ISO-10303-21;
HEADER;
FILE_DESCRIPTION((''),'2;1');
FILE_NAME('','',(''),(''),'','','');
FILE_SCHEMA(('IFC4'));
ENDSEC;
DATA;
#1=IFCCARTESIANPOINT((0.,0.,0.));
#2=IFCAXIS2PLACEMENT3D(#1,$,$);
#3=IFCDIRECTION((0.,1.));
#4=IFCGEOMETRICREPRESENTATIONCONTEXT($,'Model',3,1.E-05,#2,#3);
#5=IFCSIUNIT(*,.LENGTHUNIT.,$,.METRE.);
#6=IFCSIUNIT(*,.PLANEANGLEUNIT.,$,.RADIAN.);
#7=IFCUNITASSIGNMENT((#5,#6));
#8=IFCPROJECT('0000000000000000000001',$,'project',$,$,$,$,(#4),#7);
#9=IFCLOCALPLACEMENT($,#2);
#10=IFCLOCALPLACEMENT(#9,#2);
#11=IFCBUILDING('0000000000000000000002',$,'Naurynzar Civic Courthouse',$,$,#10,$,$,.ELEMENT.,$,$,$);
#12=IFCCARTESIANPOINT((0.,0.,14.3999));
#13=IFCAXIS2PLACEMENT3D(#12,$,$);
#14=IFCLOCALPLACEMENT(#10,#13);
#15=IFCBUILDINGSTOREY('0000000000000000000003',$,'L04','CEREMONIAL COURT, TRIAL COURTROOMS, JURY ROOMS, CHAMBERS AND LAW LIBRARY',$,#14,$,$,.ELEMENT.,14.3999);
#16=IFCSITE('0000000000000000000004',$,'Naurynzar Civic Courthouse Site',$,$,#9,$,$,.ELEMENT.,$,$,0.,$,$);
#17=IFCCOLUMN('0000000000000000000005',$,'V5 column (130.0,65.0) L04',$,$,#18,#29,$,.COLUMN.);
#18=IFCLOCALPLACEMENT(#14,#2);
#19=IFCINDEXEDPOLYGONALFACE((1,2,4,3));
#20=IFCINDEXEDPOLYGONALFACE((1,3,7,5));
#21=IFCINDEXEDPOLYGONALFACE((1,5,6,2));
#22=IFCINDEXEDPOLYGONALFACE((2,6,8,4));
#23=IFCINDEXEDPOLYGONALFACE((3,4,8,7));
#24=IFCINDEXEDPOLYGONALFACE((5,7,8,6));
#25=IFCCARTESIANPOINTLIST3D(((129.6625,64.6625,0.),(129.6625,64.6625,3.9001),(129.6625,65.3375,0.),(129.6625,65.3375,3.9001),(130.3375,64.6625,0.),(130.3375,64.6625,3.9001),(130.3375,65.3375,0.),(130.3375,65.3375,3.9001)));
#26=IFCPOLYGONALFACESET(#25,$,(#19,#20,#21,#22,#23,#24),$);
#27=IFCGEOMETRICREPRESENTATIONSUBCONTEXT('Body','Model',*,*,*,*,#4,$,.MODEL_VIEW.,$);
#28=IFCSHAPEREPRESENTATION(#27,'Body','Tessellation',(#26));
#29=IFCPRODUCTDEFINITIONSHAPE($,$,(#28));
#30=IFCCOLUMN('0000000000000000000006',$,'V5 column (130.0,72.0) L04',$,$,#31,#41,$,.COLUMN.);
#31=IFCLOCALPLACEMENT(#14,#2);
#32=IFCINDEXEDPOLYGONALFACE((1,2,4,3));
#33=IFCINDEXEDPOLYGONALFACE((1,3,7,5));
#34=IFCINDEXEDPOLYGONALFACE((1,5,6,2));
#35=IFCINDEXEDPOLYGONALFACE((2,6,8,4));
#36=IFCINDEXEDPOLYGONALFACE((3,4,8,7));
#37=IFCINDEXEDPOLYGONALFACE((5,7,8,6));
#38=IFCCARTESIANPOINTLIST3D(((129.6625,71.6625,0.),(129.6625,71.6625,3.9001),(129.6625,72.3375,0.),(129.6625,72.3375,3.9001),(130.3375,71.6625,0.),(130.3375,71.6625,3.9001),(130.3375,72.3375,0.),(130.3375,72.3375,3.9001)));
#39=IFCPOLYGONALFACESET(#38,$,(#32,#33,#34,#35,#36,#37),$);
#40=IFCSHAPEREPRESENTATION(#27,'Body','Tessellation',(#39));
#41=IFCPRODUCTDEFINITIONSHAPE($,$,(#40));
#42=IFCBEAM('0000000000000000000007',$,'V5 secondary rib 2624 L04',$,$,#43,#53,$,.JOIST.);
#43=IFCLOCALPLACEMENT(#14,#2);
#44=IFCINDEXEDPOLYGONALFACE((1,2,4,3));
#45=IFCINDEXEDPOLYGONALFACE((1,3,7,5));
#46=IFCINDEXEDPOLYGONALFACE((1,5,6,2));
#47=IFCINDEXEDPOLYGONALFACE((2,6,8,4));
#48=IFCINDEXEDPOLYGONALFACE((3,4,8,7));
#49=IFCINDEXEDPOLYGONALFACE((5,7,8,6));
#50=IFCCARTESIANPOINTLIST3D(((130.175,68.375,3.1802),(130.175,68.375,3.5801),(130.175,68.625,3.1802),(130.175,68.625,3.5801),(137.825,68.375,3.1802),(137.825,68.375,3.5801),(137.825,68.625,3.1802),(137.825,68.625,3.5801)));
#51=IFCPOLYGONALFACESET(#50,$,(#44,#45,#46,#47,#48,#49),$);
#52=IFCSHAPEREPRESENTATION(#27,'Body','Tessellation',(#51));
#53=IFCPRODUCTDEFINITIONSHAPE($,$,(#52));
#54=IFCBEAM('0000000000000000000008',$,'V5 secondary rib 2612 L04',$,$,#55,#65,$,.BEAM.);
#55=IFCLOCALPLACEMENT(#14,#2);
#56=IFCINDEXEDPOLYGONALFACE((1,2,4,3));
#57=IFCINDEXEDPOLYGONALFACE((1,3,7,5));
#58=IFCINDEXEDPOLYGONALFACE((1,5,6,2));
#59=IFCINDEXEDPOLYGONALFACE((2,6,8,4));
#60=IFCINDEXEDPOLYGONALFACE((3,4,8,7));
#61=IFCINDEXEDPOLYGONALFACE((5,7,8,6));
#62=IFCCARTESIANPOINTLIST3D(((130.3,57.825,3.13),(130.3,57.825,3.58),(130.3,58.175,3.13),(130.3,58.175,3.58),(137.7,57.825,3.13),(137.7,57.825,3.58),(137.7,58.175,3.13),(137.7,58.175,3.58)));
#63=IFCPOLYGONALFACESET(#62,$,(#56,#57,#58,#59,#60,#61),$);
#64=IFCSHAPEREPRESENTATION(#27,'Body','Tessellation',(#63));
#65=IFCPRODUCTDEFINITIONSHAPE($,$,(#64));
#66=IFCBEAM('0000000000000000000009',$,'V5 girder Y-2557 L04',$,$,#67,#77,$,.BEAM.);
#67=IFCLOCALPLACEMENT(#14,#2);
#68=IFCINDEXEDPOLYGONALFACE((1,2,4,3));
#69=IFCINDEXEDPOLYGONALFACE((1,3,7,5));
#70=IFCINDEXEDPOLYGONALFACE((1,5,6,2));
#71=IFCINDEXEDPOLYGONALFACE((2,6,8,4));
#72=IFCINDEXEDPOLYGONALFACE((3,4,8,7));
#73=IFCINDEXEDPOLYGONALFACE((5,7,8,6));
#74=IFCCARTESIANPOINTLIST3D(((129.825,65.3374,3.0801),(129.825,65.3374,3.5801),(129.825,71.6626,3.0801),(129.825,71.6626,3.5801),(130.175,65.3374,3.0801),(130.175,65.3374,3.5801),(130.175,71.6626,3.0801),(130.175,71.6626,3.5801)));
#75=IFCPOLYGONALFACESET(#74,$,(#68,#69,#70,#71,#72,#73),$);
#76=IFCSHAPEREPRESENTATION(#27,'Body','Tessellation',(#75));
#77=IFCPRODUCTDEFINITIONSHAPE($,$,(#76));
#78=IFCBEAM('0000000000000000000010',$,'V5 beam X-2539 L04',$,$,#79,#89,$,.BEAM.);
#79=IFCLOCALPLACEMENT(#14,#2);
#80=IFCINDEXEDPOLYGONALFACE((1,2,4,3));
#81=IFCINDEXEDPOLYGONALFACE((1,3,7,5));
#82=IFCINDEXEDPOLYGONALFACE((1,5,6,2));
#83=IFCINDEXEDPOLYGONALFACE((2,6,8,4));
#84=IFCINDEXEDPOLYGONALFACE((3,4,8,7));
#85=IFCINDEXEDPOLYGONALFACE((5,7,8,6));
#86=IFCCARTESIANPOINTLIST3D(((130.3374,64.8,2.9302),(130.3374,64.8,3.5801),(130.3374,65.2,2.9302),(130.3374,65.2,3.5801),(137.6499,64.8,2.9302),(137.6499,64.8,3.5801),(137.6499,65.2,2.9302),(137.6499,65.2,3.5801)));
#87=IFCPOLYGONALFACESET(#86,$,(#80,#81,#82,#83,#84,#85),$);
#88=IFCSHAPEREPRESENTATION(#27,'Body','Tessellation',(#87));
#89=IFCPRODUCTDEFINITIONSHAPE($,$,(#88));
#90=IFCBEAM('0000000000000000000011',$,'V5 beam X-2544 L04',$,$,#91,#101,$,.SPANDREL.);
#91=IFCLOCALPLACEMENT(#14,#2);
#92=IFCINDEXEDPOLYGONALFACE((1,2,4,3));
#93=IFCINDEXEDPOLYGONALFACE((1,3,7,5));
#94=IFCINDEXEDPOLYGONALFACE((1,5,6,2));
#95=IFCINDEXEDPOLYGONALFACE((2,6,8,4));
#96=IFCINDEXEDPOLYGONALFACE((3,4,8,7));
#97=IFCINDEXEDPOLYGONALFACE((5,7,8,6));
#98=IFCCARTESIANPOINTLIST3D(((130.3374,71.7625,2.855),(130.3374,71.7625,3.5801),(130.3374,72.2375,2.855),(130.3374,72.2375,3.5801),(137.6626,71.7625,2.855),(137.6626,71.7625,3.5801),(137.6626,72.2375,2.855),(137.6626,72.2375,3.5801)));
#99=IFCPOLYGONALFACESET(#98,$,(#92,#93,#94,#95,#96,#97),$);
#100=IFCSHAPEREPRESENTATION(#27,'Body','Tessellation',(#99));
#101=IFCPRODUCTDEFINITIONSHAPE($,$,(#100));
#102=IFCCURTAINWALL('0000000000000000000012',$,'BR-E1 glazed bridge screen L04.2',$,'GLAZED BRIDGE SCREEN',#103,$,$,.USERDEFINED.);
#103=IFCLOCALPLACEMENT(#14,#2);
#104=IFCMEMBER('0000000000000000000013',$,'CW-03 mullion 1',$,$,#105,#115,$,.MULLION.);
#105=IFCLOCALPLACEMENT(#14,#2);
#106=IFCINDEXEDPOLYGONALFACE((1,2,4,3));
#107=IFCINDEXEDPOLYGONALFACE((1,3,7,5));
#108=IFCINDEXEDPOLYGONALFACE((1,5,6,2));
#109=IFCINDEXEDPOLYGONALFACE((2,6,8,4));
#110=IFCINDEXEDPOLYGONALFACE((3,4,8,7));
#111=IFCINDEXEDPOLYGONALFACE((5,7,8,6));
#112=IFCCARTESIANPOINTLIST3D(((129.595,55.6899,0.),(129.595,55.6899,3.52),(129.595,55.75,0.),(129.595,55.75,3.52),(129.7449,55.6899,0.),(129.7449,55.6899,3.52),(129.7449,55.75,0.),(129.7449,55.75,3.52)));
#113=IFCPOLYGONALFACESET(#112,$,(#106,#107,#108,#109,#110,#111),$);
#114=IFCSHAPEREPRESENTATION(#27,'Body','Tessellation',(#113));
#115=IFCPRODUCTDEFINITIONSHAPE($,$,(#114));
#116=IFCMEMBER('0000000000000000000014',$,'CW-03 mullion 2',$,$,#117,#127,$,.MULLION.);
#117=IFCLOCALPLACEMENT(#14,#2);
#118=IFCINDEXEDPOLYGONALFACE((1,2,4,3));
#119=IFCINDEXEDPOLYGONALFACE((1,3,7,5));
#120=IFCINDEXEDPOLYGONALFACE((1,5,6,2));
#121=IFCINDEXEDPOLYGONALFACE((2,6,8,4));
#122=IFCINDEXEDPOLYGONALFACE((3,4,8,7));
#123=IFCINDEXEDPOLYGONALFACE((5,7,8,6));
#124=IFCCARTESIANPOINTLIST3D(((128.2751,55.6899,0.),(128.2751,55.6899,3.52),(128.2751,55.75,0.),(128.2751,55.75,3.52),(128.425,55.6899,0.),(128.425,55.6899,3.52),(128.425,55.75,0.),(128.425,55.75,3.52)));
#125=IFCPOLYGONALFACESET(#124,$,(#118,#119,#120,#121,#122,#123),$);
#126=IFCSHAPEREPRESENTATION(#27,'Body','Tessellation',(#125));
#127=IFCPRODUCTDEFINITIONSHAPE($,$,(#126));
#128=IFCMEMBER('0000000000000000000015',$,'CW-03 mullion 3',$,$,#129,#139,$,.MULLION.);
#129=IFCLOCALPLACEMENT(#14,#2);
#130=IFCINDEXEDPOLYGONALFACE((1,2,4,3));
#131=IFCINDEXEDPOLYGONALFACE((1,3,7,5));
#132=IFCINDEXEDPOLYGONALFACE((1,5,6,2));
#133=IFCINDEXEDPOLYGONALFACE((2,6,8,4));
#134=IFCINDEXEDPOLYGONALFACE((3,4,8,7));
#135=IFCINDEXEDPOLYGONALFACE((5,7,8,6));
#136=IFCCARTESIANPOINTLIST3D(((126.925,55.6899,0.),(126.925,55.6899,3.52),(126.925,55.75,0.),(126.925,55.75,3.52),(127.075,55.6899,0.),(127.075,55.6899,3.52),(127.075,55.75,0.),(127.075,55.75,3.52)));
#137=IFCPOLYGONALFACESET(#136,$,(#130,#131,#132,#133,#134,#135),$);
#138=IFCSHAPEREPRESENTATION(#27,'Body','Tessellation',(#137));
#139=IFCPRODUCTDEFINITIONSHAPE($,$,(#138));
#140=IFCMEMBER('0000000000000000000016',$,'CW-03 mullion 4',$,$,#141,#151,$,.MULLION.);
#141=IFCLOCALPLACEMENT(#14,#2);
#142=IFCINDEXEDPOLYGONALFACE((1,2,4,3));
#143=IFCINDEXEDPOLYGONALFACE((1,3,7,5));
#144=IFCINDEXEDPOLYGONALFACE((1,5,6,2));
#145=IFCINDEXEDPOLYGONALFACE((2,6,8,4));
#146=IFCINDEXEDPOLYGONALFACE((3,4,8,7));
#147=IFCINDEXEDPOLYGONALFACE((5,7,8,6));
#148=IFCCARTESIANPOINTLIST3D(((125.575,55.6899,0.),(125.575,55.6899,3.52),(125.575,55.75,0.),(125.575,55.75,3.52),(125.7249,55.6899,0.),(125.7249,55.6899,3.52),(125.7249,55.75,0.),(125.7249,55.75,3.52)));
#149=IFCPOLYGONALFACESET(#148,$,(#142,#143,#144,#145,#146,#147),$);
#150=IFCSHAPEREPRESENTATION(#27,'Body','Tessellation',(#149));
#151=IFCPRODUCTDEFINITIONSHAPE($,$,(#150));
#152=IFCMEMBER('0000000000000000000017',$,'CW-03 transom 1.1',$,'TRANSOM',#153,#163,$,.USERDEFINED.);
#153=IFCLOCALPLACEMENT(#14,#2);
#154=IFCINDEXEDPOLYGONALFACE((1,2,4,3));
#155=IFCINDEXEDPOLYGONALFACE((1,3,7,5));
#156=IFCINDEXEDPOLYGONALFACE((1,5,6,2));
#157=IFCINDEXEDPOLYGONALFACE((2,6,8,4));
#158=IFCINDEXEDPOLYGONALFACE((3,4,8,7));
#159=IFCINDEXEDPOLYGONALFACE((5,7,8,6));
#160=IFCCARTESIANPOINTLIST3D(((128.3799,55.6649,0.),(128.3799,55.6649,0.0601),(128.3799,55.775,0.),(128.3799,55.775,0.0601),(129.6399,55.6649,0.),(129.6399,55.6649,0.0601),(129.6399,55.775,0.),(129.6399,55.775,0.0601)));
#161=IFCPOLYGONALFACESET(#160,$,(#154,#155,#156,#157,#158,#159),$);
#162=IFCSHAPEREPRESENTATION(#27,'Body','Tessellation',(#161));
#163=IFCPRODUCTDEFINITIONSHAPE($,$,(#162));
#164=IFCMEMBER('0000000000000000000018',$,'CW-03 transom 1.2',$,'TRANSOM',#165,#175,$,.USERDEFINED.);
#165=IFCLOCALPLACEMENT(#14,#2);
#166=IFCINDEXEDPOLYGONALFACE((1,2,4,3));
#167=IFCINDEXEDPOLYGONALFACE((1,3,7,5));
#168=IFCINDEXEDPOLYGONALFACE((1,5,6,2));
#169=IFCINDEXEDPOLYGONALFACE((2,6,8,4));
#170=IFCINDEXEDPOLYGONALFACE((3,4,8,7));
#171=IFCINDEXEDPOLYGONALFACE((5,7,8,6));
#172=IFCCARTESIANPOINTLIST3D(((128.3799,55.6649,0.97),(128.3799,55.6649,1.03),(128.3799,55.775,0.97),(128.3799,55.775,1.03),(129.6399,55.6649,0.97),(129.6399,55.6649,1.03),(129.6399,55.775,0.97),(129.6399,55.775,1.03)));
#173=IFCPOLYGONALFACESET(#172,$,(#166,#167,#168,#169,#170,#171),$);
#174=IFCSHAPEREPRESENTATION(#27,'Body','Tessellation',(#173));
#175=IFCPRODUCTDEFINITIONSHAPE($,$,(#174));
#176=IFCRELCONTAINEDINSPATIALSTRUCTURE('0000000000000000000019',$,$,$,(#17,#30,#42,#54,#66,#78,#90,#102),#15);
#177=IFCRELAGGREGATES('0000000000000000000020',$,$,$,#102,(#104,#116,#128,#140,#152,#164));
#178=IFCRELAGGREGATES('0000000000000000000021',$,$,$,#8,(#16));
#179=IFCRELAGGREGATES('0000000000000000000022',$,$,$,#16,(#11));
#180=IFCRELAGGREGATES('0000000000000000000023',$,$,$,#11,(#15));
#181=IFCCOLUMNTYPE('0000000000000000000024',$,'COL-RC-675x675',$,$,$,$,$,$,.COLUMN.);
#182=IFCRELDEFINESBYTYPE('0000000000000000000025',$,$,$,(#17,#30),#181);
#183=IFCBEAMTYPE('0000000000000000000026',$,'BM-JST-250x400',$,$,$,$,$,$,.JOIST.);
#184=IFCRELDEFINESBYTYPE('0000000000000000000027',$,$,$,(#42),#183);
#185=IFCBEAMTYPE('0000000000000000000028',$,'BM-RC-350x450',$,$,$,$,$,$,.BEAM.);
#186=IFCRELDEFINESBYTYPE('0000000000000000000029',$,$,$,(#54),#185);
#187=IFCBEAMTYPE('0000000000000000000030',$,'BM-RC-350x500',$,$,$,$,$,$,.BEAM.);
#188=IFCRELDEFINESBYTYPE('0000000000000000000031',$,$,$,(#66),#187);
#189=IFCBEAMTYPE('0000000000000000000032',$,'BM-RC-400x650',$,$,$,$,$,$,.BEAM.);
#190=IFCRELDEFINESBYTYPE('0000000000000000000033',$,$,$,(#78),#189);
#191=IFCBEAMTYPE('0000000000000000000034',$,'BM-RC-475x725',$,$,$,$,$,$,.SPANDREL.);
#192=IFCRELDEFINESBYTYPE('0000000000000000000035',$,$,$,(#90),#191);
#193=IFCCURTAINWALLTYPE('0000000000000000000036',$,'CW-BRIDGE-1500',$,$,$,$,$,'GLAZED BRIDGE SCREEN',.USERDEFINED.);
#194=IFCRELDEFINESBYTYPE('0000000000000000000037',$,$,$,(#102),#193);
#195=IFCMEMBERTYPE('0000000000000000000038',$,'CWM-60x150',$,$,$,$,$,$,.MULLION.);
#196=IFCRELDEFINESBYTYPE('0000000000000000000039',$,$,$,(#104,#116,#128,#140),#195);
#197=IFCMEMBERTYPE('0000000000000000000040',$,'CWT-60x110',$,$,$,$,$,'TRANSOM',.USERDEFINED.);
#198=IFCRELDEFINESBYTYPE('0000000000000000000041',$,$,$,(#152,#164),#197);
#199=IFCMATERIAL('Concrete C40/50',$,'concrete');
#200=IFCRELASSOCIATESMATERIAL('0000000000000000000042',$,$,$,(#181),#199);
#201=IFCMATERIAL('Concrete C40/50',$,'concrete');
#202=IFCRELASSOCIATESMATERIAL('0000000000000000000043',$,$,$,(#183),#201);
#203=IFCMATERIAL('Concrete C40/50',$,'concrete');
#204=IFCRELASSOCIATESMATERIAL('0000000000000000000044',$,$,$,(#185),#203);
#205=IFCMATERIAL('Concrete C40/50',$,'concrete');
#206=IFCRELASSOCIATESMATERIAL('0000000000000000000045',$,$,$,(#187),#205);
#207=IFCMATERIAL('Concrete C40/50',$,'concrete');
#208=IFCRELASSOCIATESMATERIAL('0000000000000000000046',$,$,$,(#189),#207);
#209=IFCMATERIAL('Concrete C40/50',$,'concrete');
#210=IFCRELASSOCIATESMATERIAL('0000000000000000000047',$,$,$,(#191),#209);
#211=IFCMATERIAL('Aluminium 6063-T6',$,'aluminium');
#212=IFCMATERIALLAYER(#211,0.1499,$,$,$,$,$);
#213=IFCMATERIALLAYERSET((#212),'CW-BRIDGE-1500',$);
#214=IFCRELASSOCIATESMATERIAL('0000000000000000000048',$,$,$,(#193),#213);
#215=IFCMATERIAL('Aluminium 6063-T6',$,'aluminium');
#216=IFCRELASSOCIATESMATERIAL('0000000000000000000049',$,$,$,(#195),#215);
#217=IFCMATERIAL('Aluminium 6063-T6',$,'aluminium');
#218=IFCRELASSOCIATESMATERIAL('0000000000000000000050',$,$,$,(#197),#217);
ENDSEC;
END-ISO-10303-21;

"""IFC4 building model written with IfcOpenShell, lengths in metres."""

from ifc_helpers import new_model, si_unit, direction, frame, origin, origin_2d, place, context, subcontext, project, spatial, rectangle, extrude, material, layer, layer_set, material_profile, profile_set, type_object, element, aggregate, save


model = new_model("IFC4")

# Units and contexts
model_context = context("Model", 3, precision=1e-05, world=origin(), true_north=direction((0.0, 1.0)))
body_context = subcontext(model_context, "Body", "Model", "MODEL_VIEW")
ifc_project = project(units=[si_unit("LENGTHUNIT", "METRE"), si_unit("PLANEANGLEUNIT", "RADIAN")], contexts=[model_context])

# Site, building, storey
site_placement = place(None, origin())
site = spatial("IfcSite", under=ifc_project, at=site_placement, Name="Naurynzar Civic Courthouse Site", CompositionType="ELEMENT", RefElevation=0.0)
building_placement = place(site_placement, origin())
building = spatial("IfcBuilding", under=site, at=building_placement, Name="Naurynzar Civic Courthouse", CompositionType="ELEMENT")
storey_placement = place(building_placement, frame((0.0, 0.0, 14.3999)))
storey = spatial("IfcBuildingStorey", under=building, at=storey_placement, Name="L04", Description="CEREMONIAL COURT, TRIAL COURTROOMS, JURY ROOMS, CHAMBERS AND LAW LIBRARY", CompositionType="ELEMENT", Elevation=14.3999)

# Columns
ifc_material_1 = material(Name="Concrete C40/50", Category="concrete")
ifc_material_profile_1 = material_profile(ifc_material_1, rectangle(XDim=0.675, YDim=0.675, at=origin_2d()), Name="RC 675x675")
ifc_profile_set_1 = profile_set([ifc_material_profile_1], Name="Concrete C40/50")
column_type = type_object("IfcColumnType", Name="COL-RC-675x675", PredefinedType="COLUMN", material=ifc_profile_set_1)
for number, where, z_axis, x_axis, name in (
    (1, (130.0, 65.0, 0.0), (0.0, 0.0, 1.0), (1.0, 0.0, 0.0), "V5 column (130.0,65.0) L04"),
    (2, (130.0, 72.0, 0.0), (0.0, 0.0, 1.0), (1.0, 0.0, 0.0), "V5 column (130.0,72.0) L04"),
):
    element("IfcColumn", number, at=place(storey_placement, frame(where, z_axis=z_axis, x_axis=x_axis)), inside=storey, type_object=column_type, Name=name, PredefinedType="COLUMN", context=body_context, shape_type="SweptSolid", body=[
        extrude(rectangle(XDim=0.675, YDim=0.675, at=origin_2d()), origin(), (0.0, 0.0, 1.0), 3.9001),
    ])

# Beams
ifc_material_2 = material(Name="Concrete C40/50", Category="concrete")
ifc_material_profile_2 = material_profile(ifc_material_2, rectangle(XDim=0.25, YDim=0.3999, at=origin_2d()), Name="RCB 250x400")
ifc_profile_set_2 = profile_set([ifc_material_profile_2], Name="Concrete C40/50")
beam_type_1 = type_object("IfcBeamType", Name="BM-JST-250x400", PredefinedType="JOIST", material=ifc_profile_set_2)
beam_1_placement = place(storey_placement, frame((130.175, 68.5, 3.3801), z_axis=(1.0, 0.0, 0.0), x_axis=(0.0, 1.0, 0.0)))
element("IfcBeam", 3, at=beam_1_placement, inside=storey, type_object=beam_type_1, Name="V5 secondary rib 2624 L04", PredefinedType="JOIST", context=body_context, shape_type="SweptSolid", body=[
    extrude(rectangle(XDim=0.25, YDim=0.3999, at=origin_2d()), origin(), (0.0, 0.0, 1.0), 7.6499),
])
ifc_material_3 = material(Name="Concrete C40/50", Category="concrete")
ifc_material_profile_3 = material_profile(ifc_material_3, rectangle(XDim=0.3501, YDim=0.45, at=origin_2d()), Name="RCB 350x450")
ifc_profile_set_3 = profile_set([ifc_material_profile_3], Name="Concrete C40/50")
beam_type_2 = type_object("IfcBeamType", Name="BM-RC-350x450", PredefinedType="BEAM", material=ifc_profile_set_3)
beam_2_placement = place(storey_placement, frame((130.3, 58.0, 3.355), z_axis=(1.0, 0.0, 0.0), x_axis=(0.0, 1.0, 0.0)))
element("IfcBeam", 4, at=beam_2_placement, inside=storey, type_object=beam_type_2, Name="V5 secondary rib 2612 L04", PredefinedType="BEAM", context=body_context, shape_type="SweptSolid", body=[
    extrude(rectangle(XDim=0.3501, YDim=0.45, at=origin_2d()), origin(), (0.0, 0.0, 1.0), 7.3999),
])
ifc_material_4 = material(Name="Concrete C40/50", Category="concrete")
ifc_material_profile_4 = material_profile(ifc_material_4, rectangle(XDim=0.3501, YDim=0.5, at=origin_2d()), Name="RCB 350x500")
ifc_profile_set_4 = profile_set([ifc_material_profile_4], Name="Concrete C40/50")
beam_type_3 = type_object("IfcBeamType", Name="BM-RC-350x500", PredefinedType="BEAM", material=ifc_profile_set_4)
beam_3_placement = place(storey_placement, frame((130.0, 65.3374, 3.3301), z_axis=(0.0, 1.0, 0.0), x_axis=(-1.0, 0.0, 0.0)))
element("IfcBeam", 5, at=beam_3_placement, inside=storey, type_object=beam_type_3, Name="V5 girder Y-2557 L04", PredefinedType="BEAM", context=body_context, shape_type="SweptSolid", body=[
    extrude(rectangle(XDim=0.3501, YDim=0.5, at=origin_2d()), origin(), (0.0, 0.0, 1.0), 6.3252),
])
ifc_material_5 = material(Name="Concrete C40/50", Category="concrete")
ifc_material_profile_5 = material_profile(ifc_material_5, rectangle(XDim=0.3999, YDim=0.6499, at=origin_2d()), Name="RCB 400x650")
ifc_profile_set_5 = profile_set([ifc_material_profile_5], Name="Concrete C40/50")
beam_type_4 = type_object("IfcBeamType", Name="BM-RC-400x650", PredefinedType="BEAM", material=ifc_profile_set_5)
beam_4_placement = place(storey_placement, frame((130.3374, 65.0, 3.2551), z_axis=(1.0, 0.0, 0.0), x_axis=(0.0, 1.0, 0.0)))
element("IfcBeam", 6, at=beam_4_placement, inside=storey, type_object=beam_type_4, Name="V5 beam X-2539 L04", PredefinedType="BEAM", context=body_context, shape_type="SweptSolid", body=[
    extrude(rectangle(XDim=0.3999, YDim=0.6499, at=origin_2d()), origin(), (0.0, 0.0, 1.0), 7.3125),
])
ifc_material_6 = material(Name="Concrete C40/50", Category="concrete")
ifc_material_profile_6 = material_profile(ifc_material_6, rectangle(XDim=0.4751, YDim=0.7251, at=origin_2d()), Name="RCB 475x725")
ifc_profile_set_6 = profile_set([ifc_material_profile_6], Name="Concrete C40/50")
beam_type_5 = type_object("IfcBeamType", Name="BM-RC-475x725", PredefinedType="SPANDREL", material=ifc_profile_set_6)
beam_5_placement = place(storey_placement, frame((130.3374, 72.0, 3.2175), z_axis=(1.0, 0.0, 0.0), x_axis=(0.0, 1.0, 0.0)))
element("IfcBeam", 7, at=beam_5_placement, inside=storey, type_object=beam_type_5, Name="V5 beam X-2544 L04", PredefinedType="SPANDREL", context=body_context, shape_type="SweptSolid", body=[
    extrude(rectangle(XDim=0.4751, YDim=0.7251, at=origin_2d()), origin(), (0.0, 0.0, 1.0), 7.3252),
])

# Curtain wall, members
ifc_material_7 = material(Name="Aluminium 6063-T6", Category="aluminium")
ifc_layer_1 = layer(ifc_material_7, 0.1499)
ifc_layer_set_1 = layer_set([ifc_layer_1], Name="CW-BRIDGE-1500")
curtain_wall_type = type_object("IfcCurtainWallType", Name="CW-BRIDGE-1500", ElementType="GLAZED BRIDGE SCREEN", PredefinedType="USERDEFINED", material=ifc_layer_set_1)
curtain_wall_placement = place(storey_placement, origin())
curtain_wall = element("IfcCurtainWall", 8, at=curtain_wall_placement, inside=storey, type_object=curtain_wall_type, Name="BR-E1 glazed bridge screen L04.2", ObjectType="GLAZED BRIDGE SCREEN", PredefinedType="USERDEFINED")
ifc_material_8 = material(Name="Aluminium 6063-T6", Category="aluminium")
ifc_material_profile_7 = material_profile(ifc_material_8, rectangle(XDim=0.0601, YDim=0.1499, at=origin_2d()), Name="ALU MULLION 60x150")
ifc_profile_set_7 = profile_set([ifc_material_profile_7], Name="Aluminium 6063-T6")
member_type_1 = type_object("IfcMemberType", Name="CWM-60x150", PredefinedType="MULLION", material=ifc_profile_set_7)
member_1_placement = place(storey_placement, frame((129.6699, 55.72, 0.0), z_axis=(0.0, 0.0, 1.0), x_axis=(0.0, -1.0, 0.0)))
member_1 = element("IfcMember", 9, at=member_1_placement, type_object=member_type_1, Name="CW-03 mullion 1", PredefinedType="MULLION", context=body_context, shape_type="SweptSolid", body=[
    extrude(rectangle(XDim=0.0601, YDim=0.1499, at=origin_2d()), origin(), (0.0, 0.0, 1.0), 3.52),
])
member_2_placement = place(storey_placement, frame((128.3501, 55.72, 0.0), z_axis=(0.0, 0.0, 1.0), x_axis=(0.0, -1.0, 0.0)))
member_2 = element("IfcMember", 10, at=member_2_placement, type_object=member_type_1, Name="CW-03 mullion 2", PredefinedType="MULLION", context=body_context, shape_type="SweptSolid", body=[
    extrude(rectangle(XDim=0.0601, YDim=0.1499, at=origin_2d()), origin(), (0.0, 0.0, 1.0), 3.52),
])
member_3_placement = place(storey_placement, frame((127.0, 55.72, 0.0), z_axis=(0.0, 0.0, 1.0), x_axis=(0.0, -1.0, 0.0)))
member_3 = element("IfcMember", 11, at=member_3_placement, type_object=member_type_1, Name="CW-03 mullion 3", PredefinedType="MULLION", context=body_context, shape_type="SweptSolid", body=[
    extrude(rectangle(XDim=0.0601, YDim=0.1499, at=origin_2d()), origin(), (0.0, 0.0, 1.0), 3.52),
])
member_4_placement = place(storey_placement, frame((125.6499, 55.72, 0.0), z_axis=(0.0, 0.0, 1.0), x_axis=(0.0, -1.0, 0.0)))
member_4 = element("IfcMember", 12, at=member_4_placement, type_object=member_type_1, Name="CW-03 mullion 4", PredefinedType="MULLION", context=body_context, shape_type="SweptSolid", body=[
    extrude(rectangle(XDim=0.0601, YDim=0.1499, at=origin_2d()), origin(), (0.0, 0.0, 1.0), 3.52),
])
ifc_material_9 = material(Name="Aluminium 6063-T6", Category="aluminium")
ifc_material_profile_8 = material_profile(ifc_material_9, rectangle(XDim=0.1101, YDim=0.0601, at=origin_2d()), Name="ALU TRANSOM 60x110")
ifc_profile_set_8 = profile_set([ifc_material_profile_8], Name="Aluminium 6063-T6")
member_type_2 = type_object("IfcMemberType", Name="CWT-60x110", ElementType="TRANSOM", PredefinedType="USERDEFINED", material=ifc_profile_set_8)
member_5_placement = place(storey_placement, frame((129.6399, 55.72, 0.03), z_axis=(-1.0, 0.0, 0.0), x_axis=(0.0, -1.0, 0.0)))
member_5 = element("IfcMember", 13, at=member_5_placement, type_object=member_type_2, Name="CW-03 transom 1.1", ObjectType="TRANSOM", PredefinedType="USERDEFINED", context=body_context, shape_type="SweptSolid", body=[
    extrude(rectangle(XDim=0.1101, YDim=0.0601, at=origin_2d()), origin(), (0.0, 0.0, 1.0), 1.26),
])
member_6_placement = place(storey_placement, frame((129.6399, 55.72, 1.0), z_axis=(-1.0, 0.0, 0.0), x_axis=(0.0, -1.0, 0.0)))
member_6 = element("IfcMember", 14, at=member_6_placement, type_object=member_type_2, Name="CW-03 transom 1.2", ObjectType="TRANSOM", PredefinedType="USERDEFINED", context=body_context, shape_type="SweptSolid", body=[
    extrude(rectangle(XDim=0.1101, YDim=0.0601, at=origin_2d()), origin(), (0.0, 0.0, 1.0), 1.26),
])
aggregate(curtain_wall, [member_1, member_2, member_3, member_4, member_5, member_6])

save(model, "model.ifc")
